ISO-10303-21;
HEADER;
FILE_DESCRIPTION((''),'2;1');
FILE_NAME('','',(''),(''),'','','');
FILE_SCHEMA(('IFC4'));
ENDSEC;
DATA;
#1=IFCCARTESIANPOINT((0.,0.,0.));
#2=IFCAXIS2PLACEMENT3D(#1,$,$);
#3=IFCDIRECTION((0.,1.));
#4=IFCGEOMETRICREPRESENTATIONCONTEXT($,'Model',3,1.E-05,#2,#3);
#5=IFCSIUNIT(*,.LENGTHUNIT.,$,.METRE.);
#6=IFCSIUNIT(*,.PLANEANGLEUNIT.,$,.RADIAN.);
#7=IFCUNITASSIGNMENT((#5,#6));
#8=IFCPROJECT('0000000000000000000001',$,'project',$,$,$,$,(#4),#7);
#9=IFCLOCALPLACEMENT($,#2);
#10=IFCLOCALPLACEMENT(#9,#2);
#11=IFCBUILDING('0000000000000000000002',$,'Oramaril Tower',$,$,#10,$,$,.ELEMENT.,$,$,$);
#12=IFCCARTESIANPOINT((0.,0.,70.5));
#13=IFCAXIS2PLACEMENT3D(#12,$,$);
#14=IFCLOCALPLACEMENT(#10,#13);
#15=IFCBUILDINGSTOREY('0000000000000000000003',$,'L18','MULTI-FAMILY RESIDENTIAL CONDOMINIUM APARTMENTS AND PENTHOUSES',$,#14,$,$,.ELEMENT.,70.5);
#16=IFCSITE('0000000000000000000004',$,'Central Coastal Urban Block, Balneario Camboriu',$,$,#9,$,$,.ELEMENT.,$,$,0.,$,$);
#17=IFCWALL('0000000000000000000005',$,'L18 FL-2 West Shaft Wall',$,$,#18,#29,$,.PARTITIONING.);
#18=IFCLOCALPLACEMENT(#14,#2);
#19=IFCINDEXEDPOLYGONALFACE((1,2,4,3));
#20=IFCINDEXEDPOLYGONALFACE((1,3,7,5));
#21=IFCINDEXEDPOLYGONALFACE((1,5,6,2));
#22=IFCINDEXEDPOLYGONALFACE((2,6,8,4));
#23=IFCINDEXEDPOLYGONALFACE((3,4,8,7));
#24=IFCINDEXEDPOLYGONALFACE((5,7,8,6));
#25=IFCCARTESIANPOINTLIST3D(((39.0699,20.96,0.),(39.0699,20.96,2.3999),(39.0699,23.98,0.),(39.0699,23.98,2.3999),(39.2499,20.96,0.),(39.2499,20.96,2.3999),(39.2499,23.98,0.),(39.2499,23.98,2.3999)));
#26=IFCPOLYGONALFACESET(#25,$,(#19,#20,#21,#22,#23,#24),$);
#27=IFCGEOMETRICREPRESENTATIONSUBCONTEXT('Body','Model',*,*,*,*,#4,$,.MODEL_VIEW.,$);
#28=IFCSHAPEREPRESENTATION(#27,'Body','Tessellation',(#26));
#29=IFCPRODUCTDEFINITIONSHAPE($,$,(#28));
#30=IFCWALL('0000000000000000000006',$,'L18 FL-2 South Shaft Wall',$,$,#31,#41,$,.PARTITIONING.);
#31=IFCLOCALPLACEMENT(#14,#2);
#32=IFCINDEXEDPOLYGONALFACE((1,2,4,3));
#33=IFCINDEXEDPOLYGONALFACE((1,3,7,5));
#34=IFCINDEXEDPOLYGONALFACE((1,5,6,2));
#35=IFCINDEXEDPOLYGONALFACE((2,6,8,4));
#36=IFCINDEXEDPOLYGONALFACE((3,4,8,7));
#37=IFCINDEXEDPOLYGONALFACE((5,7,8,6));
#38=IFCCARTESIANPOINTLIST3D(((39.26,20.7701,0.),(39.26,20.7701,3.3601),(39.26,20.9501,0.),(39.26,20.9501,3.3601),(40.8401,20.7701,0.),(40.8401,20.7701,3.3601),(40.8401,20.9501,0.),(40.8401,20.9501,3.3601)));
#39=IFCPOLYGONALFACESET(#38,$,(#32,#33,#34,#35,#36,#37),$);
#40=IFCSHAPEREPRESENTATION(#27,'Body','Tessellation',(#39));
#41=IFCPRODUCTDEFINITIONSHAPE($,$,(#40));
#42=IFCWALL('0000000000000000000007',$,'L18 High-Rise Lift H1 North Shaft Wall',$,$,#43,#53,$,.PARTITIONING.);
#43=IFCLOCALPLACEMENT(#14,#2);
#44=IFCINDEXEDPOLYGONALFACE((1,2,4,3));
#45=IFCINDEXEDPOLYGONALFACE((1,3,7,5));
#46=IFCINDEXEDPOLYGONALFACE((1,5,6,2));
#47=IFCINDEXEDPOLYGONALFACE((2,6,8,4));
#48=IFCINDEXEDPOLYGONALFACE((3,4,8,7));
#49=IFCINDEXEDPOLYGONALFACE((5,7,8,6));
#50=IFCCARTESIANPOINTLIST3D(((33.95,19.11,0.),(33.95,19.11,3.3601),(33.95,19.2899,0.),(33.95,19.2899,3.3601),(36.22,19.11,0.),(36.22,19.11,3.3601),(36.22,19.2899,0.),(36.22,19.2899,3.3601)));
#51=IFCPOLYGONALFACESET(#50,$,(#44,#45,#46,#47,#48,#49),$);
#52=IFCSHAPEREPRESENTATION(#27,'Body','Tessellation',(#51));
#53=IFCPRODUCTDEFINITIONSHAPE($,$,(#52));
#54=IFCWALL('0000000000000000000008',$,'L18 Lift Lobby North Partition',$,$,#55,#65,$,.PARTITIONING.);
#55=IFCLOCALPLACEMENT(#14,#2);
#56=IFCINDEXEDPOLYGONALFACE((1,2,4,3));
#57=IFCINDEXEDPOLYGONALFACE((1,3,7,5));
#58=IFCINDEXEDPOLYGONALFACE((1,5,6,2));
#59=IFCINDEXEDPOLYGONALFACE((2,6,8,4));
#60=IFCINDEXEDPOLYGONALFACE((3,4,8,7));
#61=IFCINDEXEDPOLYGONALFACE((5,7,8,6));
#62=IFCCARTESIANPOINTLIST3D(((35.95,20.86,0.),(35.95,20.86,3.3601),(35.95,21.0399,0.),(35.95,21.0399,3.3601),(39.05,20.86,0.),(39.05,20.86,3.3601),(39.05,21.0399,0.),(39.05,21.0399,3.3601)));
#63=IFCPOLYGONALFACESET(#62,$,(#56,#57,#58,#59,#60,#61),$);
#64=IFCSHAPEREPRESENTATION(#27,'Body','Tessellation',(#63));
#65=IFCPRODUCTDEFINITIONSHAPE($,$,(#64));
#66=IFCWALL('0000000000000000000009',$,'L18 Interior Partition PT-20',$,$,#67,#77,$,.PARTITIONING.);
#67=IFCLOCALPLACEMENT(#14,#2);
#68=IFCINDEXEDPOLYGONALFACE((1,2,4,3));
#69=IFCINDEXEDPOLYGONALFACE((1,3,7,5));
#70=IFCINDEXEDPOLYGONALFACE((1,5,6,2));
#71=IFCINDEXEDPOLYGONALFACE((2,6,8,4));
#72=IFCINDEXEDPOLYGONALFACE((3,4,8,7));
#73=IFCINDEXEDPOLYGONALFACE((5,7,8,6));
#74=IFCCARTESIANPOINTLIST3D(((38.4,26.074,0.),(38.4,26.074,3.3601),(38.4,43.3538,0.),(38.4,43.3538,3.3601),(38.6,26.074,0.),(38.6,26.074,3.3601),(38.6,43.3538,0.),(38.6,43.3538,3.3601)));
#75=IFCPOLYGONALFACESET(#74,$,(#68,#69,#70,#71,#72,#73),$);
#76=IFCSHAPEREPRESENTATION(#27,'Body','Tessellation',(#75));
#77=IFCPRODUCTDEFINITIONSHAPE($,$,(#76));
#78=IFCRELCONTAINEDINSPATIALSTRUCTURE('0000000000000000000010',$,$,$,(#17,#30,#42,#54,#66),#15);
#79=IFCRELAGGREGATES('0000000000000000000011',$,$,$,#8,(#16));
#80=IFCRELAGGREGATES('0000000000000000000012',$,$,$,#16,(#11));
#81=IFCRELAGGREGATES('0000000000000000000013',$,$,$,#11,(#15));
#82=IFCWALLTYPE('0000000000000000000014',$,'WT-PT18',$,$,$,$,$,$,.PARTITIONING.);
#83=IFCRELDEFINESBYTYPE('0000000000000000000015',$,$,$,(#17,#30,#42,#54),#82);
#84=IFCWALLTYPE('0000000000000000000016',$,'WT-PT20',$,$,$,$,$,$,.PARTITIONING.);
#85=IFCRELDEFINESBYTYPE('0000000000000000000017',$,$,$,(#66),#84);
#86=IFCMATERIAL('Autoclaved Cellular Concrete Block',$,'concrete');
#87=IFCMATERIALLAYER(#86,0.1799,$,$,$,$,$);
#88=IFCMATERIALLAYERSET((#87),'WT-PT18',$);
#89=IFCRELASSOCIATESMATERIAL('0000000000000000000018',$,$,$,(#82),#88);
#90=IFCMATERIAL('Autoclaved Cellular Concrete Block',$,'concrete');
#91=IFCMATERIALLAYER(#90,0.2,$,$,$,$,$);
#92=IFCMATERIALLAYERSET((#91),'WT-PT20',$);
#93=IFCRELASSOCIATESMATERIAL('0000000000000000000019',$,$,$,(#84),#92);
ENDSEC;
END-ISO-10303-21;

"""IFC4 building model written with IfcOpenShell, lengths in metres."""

from ifc_helpers import new_model, si_unit, direction, frame, frame_2d, origin, place, context, subcontext, project, spatial, rectangle, extrude, material, layer, layer_set, type_object, element, save


model = new_model("IFC4")

# Units and contexts
model_context = context("Model", 3, precision=1e-05, world=origin(), true_north=direction((0.0, 1.0)))
body_context = subcontext(model_context, "Body", "Model", "MODEL_VIEW")
ifc_project = project(units=[si_unit("LENGTHUNIT", "METRE"), si_unit("PLANEANGLEUNIT", "RADIAN")], contexts=[model_context])

# Site, building, storey
site_placement = place(None, origin())
site = spatial("IfcSite", under=ifc_project, at=site_placement, Name="Central Coastal Urban Block, Balneario Camboriu", CompositionType="ELEMENT", RefElevation=0.0)
building_placement = place(site_placement, origin())
building = spatial("IfcBuilding", under=site, at=building_placement, Name="Oramaril Tower", CompositionType="ELEMENT")
storey_placement = place(building_placement, frame((0.0, 0.0, 70.5)))
storey = spatial("IfcBuildingStorey", under=building, at=storey_placement, Name="L18", Description="MULTI-FAMILY RESIDENTIAL CONDOMINIUM APARTMENTS AND PENTHOUSES", CompositionType="ELEMENT", Elevation=70.5)

# Walls
ifc_material_1 = material(Name="Autoclaved Cellular Concrete Block", Category="concrete")
ifc_layer_1 = layer(ifc_material_1, 0.1799)
ifc_layer_set_1 = layer_set([ifc_layer_1], Name="WT-PT18")
wall_type_1 = type_object("IfcWallType", Name="WT-PT18", PredefinedType="PARTITIONING", material=ifc_layer_set_1)
wall_1_placement = place(storey_placement, frame((39.1599, 20.96, 0.0), z_axis=(0.0, 0.0, 1.0), x_axis=(0.0, 1.0, 0.0)))
element("IfcWall", 1, at=wall_1_placement, inside=storey, type_object=wall_type_1, Name="L18 FL-2 West Shaft Wall", PredefinedType="PARTITIONING", context=body_context, shape_type="SweptSolid", body=[
    extrude(rectangle(XDim=3.02, YDim=0.1799, at=frame_2d((1.51, 0.0))), origin(), (0.0, 0.0, 1.0), 2.3999),
])
wall_2_placement = place(storey_placement, frame((39.26, 20.8601, 0.0), z_axis=(0.0, 0.0, 1.0), x_axis=(1.0, 0.0, 0.0)))
element("IfcWall", 2, at=wall_2_placement, inside=storey, type_object=wall_type_1, Name="L18 FL-2 South Shaft Wall", PredefinedType="PARTITIONING", context=body_context, shape_type="SweptSolid", body=[
    extrude(rectangle(XDim=1.5801, YDim=0.1799, at=frame_2d((0.79, 0.0))), origin(), (0.0, 0.0, 1.0), 3.3601),
])
wall_3_placement = place(storey_placement, frame((33.95, 19.2, 0.0), z_axis=(0.0, 0.0, 1.0), x_axis=(1.0, 0.0, 0.0)))
element("IfcWall", 3, at=wall_3_placement, inside=storey, type_object=wall_type_1, Name="L18 High-Rise Lift H1 North Shaft Wall", PredefinedType="PARTITIONING", context=body_context, shape_type="SweptSolid", body=[
    extrude(rectangle(XDim=2.27, YDim=0.1799, at=frame_2d((1.135, 0.0))), origin(), (0.0, 0.0, 1.0), 3.3601),
])
wall_4_placement = place(storey_placement, frame((35.95, 20.95, 0.0), z_axis=(0.0, 0.0, 1.0), x_axis=(1.0, 0.0, 0.0)))
element("IfcWall", 4, at=wall_4_placement, inside=storey, type_object=wall_type_1, Name="L18 Lift Lobby North Partition", PredefinedType="PARTITIONING", context=body_context, shape_type="SweptSolid", body=[
    extrude(rectangle(XDim=3.1001, YDim=0.1799, at=frame_2d((1.55, 0.0))), origin(), (0.0, 0.0, 1.0), 3.3601),
])
ifc_material_2 = material(Name="Autoclaved Cellular Concrete Block", Category="concrete")
ifc_layer_2 = layer(ifc_material_2, 0.2)
ifc_layer_set_2 = layer_set([ifc_layer_2], Name="WT-PT20")
wall_type_2 = type_object("IfcWallType", Name="WT-PT20", PredefinedType="PARTITIONING", material=ifc_layer_set_2)
wall_5_placement = place(storey_placement, frame((38.5, 26.074, 0.0), z_axis=(0.0, 0.0, 1.0), x_axis=(0.0, 1.0, 0.0)))
element("IfcWall", 5, at=wall_5_placement, inside=storey, type_object=wall_type_2, Name="L18 Interior Partition PT-20", PredefinedType="PARTITIONING", context=body_context, shape_type="SweptSolid", body=[
    extrude(rectangle(XDim=17.2798, YDim=0.2, at=frame_2d((8.6399, 0.0))), origin(), (0.0, 0.0, 1.0), 3.3601),
])

save(model, "model.ifc")
